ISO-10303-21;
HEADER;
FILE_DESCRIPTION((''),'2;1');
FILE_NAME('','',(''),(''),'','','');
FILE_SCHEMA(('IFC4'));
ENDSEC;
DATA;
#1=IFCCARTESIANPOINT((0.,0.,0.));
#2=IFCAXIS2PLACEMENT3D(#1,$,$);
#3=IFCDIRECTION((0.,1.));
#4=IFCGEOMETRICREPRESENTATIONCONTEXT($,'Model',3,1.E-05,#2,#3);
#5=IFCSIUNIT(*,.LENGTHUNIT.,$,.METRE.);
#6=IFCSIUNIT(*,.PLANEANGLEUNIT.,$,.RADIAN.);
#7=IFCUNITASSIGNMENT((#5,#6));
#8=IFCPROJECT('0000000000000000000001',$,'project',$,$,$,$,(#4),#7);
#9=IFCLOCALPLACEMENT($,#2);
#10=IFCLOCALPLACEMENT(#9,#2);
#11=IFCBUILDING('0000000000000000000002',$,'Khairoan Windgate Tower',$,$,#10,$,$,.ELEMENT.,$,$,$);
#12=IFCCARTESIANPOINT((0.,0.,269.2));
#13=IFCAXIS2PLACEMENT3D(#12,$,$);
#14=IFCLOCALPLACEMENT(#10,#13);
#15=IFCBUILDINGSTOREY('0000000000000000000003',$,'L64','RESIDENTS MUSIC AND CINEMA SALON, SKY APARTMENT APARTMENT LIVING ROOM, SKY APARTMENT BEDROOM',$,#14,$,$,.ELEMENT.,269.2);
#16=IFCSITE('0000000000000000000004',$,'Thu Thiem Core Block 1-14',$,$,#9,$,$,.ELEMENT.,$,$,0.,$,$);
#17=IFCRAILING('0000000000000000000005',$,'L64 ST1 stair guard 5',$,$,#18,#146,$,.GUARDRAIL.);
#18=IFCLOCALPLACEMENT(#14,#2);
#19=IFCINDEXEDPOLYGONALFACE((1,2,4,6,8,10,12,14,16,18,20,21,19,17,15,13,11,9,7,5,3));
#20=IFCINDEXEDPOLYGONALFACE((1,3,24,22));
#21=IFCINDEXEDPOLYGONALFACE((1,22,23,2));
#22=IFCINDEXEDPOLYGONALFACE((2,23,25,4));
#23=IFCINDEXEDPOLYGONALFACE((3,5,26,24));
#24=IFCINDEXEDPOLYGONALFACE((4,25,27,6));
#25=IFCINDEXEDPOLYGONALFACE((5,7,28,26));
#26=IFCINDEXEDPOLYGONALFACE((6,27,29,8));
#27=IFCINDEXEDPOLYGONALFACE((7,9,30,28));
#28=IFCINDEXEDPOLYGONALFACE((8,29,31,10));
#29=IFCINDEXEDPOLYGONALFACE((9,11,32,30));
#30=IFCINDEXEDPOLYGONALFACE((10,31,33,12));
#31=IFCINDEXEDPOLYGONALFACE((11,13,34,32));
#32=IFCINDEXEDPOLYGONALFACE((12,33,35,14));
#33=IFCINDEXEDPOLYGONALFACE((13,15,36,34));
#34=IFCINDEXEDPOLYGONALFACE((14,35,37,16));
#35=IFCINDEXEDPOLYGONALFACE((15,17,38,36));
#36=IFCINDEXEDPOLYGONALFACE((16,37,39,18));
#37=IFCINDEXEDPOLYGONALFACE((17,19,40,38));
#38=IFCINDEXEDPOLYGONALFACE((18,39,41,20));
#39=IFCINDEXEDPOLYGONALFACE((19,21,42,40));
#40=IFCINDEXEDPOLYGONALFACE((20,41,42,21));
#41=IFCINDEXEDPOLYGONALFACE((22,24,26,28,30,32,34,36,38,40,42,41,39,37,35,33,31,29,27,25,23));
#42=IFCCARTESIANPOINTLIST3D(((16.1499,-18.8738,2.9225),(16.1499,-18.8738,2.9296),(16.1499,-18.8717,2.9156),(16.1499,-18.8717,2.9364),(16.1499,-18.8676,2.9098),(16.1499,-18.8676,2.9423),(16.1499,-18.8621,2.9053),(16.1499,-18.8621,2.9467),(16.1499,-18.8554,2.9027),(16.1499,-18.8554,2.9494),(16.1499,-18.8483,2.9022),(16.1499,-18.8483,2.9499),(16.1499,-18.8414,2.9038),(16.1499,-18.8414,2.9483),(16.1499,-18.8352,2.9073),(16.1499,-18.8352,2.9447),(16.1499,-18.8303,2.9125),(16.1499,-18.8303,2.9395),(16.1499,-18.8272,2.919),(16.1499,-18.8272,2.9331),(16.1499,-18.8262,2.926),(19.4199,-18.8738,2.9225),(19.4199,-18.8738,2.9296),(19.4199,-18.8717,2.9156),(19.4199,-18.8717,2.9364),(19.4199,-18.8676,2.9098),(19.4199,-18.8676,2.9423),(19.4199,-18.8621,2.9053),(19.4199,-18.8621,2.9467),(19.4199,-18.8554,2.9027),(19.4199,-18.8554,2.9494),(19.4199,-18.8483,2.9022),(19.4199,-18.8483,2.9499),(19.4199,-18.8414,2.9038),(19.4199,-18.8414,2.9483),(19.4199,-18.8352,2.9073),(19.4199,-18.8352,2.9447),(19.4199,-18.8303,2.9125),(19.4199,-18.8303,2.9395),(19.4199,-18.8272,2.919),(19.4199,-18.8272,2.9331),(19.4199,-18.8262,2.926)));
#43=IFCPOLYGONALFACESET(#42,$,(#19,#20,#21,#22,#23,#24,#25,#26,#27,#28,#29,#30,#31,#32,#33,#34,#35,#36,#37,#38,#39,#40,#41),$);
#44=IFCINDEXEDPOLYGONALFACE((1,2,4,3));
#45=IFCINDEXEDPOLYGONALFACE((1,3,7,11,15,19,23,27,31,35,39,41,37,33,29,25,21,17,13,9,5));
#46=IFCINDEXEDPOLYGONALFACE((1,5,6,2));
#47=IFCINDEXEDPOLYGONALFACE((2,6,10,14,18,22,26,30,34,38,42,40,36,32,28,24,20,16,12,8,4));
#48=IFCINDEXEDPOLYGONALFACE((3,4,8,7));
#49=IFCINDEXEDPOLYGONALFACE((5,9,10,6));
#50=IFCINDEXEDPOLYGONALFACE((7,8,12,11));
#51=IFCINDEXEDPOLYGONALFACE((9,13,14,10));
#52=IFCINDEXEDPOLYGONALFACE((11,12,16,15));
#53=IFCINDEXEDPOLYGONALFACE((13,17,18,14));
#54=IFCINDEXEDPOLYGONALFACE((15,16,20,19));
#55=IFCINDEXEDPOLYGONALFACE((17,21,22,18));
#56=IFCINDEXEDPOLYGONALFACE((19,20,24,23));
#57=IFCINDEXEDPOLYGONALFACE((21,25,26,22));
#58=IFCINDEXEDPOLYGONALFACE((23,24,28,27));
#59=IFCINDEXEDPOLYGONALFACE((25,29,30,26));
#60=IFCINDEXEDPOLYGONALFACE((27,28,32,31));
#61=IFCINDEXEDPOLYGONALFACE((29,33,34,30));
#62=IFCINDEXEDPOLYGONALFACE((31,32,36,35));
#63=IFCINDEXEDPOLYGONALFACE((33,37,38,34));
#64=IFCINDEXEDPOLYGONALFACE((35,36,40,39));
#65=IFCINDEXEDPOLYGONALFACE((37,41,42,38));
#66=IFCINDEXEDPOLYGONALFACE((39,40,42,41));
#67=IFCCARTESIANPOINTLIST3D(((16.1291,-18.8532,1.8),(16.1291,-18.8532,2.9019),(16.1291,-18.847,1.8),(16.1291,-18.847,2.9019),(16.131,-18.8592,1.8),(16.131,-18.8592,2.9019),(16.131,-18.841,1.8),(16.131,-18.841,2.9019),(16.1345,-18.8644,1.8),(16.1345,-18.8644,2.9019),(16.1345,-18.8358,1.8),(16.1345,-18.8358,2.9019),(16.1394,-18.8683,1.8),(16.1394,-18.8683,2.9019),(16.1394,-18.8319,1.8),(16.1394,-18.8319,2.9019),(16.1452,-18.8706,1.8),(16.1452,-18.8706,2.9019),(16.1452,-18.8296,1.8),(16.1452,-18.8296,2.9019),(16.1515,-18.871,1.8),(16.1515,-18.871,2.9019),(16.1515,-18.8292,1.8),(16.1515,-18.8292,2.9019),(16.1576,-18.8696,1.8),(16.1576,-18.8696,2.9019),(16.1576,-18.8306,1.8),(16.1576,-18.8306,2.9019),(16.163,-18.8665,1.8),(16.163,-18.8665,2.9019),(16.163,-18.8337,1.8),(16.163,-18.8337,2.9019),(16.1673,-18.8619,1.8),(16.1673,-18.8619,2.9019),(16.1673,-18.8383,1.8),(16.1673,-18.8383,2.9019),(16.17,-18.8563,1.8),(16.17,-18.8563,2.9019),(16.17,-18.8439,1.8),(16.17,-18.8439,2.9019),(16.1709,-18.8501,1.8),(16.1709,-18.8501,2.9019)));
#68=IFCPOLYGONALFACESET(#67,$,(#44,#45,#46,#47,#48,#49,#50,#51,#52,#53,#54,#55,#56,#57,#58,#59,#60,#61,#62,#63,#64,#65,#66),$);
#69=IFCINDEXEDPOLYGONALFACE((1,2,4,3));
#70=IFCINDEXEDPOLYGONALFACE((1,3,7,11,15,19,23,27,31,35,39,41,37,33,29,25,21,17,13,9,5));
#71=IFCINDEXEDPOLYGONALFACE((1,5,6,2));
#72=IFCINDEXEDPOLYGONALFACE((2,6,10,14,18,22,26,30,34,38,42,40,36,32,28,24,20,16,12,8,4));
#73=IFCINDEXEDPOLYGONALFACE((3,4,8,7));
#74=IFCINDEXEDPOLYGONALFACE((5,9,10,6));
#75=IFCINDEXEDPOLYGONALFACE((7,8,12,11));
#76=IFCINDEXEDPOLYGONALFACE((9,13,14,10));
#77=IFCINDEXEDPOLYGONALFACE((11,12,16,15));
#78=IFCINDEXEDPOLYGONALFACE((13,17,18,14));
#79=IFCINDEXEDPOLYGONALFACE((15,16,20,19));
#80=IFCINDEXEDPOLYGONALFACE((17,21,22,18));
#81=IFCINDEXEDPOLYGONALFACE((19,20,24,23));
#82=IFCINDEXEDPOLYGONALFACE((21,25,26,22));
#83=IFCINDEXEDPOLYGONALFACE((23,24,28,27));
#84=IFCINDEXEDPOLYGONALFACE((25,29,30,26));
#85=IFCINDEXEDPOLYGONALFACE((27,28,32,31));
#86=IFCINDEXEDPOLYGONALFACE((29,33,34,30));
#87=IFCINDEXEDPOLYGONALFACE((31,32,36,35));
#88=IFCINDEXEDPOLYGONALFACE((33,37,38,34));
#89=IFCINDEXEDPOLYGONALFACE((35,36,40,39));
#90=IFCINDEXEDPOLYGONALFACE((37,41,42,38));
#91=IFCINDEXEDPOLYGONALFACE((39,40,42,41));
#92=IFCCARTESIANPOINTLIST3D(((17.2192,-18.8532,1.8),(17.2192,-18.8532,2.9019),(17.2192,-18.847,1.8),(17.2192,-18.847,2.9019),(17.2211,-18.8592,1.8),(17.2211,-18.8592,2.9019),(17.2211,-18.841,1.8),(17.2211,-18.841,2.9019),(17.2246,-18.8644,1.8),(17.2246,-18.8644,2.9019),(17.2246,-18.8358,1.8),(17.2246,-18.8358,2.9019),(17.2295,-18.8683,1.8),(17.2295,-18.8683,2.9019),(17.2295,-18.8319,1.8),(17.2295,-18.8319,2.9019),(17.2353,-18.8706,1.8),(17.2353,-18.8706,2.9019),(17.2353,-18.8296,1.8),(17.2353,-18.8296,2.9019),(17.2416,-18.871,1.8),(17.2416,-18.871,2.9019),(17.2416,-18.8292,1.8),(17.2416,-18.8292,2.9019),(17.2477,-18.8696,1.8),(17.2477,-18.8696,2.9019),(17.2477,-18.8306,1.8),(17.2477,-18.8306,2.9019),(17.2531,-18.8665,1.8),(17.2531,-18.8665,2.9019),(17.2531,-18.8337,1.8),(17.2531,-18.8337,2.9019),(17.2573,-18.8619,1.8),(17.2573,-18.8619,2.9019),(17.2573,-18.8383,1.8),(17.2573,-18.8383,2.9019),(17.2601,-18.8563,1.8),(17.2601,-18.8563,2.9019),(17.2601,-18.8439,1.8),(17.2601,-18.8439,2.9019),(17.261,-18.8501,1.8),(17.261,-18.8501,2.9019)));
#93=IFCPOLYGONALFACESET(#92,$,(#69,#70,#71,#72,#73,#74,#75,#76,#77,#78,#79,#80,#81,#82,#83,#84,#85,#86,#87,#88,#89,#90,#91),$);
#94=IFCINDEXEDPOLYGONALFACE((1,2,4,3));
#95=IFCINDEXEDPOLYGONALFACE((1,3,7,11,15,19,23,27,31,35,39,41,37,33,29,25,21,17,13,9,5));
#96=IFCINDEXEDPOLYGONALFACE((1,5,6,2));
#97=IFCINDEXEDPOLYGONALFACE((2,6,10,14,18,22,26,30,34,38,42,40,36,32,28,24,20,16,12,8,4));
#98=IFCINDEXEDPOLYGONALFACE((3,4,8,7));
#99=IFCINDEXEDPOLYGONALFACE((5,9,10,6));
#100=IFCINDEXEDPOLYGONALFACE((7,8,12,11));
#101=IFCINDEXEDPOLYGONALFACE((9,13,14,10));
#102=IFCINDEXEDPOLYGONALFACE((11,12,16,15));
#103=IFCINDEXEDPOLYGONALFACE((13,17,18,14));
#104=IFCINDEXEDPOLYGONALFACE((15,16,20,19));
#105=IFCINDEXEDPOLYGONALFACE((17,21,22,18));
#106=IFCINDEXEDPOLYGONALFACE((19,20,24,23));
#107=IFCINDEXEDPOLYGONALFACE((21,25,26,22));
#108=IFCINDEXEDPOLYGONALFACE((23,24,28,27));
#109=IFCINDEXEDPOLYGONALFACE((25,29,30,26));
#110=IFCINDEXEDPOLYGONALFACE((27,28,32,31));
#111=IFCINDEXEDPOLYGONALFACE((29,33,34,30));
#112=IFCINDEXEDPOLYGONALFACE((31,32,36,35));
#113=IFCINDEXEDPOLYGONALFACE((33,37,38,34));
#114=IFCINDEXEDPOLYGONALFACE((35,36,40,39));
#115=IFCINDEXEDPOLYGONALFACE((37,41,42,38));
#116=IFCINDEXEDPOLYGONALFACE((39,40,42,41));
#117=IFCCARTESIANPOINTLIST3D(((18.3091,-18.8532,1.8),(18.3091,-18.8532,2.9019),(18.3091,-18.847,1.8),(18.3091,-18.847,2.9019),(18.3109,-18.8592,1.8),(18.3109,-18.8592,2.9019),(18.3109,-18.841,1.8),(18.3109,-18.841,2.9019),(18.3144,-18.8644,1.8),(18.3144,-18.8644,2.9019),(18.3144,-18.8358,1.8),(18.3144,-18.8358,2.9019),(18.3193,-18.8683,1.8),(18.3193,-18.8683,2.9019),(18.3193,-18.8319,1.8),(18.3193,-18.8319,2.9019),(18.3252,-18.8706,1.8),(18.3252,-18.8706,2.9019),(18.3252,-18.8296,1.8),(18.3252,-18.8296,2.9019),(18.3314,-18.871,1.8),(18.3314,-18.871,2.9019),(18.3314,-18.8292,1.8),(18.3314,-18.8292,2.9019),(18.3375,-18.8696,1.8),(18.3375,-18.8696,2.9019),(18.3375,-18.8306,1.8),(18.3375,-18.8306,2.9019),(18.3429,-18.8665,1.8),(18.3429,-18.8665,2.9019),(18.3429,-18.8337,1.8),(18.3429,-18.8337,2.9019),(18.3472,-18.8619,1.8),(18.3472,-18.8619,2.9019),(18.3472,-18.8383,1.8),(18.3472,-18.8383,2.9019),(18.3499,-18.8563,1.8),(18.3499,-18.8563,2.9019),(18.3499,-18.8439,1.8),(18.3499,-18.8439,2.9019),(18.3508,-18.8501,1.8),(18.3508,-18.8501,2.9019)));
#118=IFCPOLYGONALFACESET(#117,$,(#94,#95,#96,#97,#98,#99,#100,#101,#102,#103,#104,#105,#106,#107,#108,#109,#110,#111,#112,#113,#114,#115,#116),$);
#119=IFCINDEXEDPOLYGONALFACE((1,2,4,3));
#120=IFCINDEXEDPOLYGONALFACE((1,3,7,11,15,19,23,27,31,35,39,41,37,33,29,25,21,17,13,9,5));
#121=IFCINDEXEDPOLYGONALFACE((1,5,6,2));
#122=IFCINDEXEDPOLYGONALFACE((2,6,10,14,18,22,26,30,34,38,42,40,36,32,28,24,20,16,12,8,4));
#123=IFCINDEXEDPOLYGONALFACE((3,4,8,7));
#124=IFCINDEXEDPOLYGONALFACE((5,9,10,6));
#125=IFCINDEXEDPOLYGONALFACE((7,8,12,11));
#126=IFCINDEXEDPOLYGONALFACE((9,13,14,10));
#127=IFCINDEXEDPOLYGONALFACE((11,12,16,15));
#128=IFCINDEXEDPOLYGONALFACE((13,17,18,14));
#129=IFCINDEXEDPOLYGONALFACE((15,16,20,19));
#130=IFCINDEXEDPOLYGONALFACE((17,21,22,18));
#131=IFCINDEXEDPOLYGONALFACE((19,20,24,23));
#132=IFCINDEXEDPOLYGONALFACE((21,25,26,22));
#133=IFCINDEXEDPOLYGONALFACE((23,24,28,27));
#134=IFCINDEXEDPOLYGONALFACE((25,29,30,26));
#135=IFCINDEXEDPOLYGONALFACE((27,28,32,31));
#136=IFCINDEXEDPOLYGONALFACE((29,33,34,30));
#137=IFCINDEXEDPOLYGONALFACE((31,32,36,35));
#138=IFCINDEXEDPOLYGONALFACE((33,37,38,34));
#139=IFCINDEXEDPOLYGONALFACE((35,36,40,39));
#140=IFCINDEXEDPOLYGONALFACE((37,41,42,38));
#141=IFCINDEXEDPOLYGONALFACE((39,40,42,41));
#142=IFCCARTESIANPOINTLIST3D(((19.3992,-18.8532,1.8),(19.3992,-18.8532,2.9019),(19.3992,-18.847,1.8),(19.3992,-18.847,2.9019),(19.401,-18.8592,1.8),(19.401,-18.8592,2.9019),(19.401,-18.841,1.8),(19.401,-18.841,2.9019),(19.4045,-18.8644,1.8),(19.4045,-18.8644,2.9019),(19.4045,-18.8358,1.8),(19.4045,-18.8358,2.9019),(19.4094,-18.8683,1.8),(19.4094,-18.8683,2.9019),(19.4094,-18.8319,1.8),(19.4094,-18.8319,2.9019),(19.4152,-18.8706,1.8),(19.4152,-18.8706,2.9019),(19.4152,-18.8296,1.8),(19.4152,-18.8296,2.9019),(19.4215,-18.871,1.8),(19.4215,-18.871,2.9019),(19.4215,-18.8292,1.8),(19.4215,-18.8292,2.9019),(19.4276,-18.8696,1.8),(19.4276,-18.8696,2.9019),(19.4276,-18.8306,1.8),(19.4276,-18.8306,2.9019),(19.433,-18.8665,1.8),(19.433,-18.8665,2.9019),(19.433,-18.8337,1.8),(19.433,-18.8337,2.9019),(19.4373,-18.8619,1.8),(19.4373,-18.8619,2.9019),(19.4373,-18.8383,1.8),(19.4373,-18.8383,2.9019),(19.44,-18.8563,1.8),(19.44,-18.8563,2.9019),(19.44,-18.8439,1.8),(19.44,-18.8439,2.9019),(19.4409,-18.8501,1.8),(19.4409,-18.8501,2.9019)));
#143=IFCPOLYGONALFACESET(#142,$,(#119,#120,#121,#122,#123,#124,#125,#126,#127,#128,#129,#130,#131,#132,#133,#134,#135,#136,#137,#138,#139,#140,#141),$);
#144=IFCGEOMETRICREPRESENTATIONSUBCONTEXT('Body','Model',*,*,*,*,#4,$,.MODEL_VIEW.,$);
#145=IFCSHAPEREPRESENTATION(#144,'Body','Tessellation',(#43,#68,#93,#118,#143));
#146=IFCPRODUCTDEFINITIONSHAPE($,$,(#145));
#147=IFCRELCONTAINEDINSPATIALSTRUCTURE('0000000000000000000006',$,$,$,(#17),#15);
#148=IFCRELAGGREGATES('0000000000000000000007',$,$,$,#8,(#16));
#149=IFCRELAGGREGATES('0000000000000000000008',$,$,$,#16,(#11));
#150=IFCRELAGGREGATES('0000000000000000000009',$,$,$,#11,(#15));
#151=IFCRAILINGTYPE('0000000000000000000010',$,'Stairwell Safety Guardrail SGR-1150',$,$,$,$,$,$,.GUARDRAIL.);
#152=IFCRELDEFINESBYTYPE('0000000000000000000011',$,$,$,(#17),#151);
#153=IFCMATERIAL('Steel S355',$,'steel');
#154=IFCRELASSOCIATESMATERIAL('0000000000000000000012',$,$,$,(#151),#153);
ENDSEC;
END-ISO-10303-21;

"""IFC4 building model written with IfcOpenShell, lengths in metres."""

from ifc_helpers import new_model, si_unit, direction, frame, origin, origin_2d, place, context, subcontext, project, spatial, circle, extrude, material, type_object, element, save


model = new_model("IFC4")

# Units and contexts
model_context = context("Model", 3, precision=1e-05, world=origin(), true_north=direction((0.0, 1.0)))
body_context = subcontext(model_context, "Body", "Model", "MODEL_VIEW")
ifc_project = project(units=[si_unit("LENGTHUNIT", "METRE"), si_unit("PLANEANGLEUNIT", "RADIAN")], contexts=[model_context])

# Site, building, storey
site_placement = place(None, origin())
site = spatial("IfcSite", under=ifc_project, at=site_placement, Name="Thu Thiem Core Block 1-14", CompositionType="ELEMENT", RefElevation=0.0)
building_placement = place(site_placement, origin())
building = spatial("IfcBuilding", under=site, at=building_placement, Name="Khairoan Windgate Tower", CompositionType="ELEMENT")
storey_placement = place(building_placement, frame((0.0, 0.0, 269.2)))
storey = spatial("IfcBuildingStorey", under=building, at=storey_placement, Name="L64", Description="RESIDENTS MUSIC AND CINEMA SALON, SKY APARTMENT APARTMENT LIVING ROOM, SKY APARTMENT BEDROOM", CompositionType="ELEMENT", Elevation=269.2)

# Railing
ifc_material_1 = material(Name="Steel S355", Category="steel")
railing_type = type_object("IfcRailingType", Name="Stairwell Safety Guardrail SGR-1150", PredefinedType="GUARDRAIL", material=ifc_material_1)
railing_1_placement = place(storey_placement, frame((16.1499, -18.8501, 1.8)))
element("IfcRailing", 1, at=railing_1_placement, inside=storey, type_object=railing_type, Name="L64 ST1 stair guard 5", PredefinedType="GUARDRAIL", context=body_context, shape_type="SweptSolid", body=[
    extrude(circle(Radius=0.0239, at=origin_2d()), frame((0.0, 0.0, 1.126), z_axis=(1.0, 0.0, 0.0), x_axis=(0.0, 1.0, 0.0)), (0.0, 0.0, 1.0), 3.27),
    extrude(circle(Radius=0.021, at=origin_2d()), origin(), (0.0, 0.0, 1.0), 1.1018),
    extrude(circle(Radius=0.021, at=origin_2d()), frame((1.0901, 0.0, 0.0)), (0.0, 0.0, 1.0), 1.1018),
    extrude(circle(Radius=0.021, at=origin_2d()), frame((2.1799, 0.0, 0.0)), (0.0, 0.0, 1.0), 1.1018),
    extrude(circle(Radius=0.021, at=origin_2d()), frame((3.27, 0.0, 0.0)), (0.0, 0.0, 1.0), 1.1018),
])

save(model, "model.ifc")
